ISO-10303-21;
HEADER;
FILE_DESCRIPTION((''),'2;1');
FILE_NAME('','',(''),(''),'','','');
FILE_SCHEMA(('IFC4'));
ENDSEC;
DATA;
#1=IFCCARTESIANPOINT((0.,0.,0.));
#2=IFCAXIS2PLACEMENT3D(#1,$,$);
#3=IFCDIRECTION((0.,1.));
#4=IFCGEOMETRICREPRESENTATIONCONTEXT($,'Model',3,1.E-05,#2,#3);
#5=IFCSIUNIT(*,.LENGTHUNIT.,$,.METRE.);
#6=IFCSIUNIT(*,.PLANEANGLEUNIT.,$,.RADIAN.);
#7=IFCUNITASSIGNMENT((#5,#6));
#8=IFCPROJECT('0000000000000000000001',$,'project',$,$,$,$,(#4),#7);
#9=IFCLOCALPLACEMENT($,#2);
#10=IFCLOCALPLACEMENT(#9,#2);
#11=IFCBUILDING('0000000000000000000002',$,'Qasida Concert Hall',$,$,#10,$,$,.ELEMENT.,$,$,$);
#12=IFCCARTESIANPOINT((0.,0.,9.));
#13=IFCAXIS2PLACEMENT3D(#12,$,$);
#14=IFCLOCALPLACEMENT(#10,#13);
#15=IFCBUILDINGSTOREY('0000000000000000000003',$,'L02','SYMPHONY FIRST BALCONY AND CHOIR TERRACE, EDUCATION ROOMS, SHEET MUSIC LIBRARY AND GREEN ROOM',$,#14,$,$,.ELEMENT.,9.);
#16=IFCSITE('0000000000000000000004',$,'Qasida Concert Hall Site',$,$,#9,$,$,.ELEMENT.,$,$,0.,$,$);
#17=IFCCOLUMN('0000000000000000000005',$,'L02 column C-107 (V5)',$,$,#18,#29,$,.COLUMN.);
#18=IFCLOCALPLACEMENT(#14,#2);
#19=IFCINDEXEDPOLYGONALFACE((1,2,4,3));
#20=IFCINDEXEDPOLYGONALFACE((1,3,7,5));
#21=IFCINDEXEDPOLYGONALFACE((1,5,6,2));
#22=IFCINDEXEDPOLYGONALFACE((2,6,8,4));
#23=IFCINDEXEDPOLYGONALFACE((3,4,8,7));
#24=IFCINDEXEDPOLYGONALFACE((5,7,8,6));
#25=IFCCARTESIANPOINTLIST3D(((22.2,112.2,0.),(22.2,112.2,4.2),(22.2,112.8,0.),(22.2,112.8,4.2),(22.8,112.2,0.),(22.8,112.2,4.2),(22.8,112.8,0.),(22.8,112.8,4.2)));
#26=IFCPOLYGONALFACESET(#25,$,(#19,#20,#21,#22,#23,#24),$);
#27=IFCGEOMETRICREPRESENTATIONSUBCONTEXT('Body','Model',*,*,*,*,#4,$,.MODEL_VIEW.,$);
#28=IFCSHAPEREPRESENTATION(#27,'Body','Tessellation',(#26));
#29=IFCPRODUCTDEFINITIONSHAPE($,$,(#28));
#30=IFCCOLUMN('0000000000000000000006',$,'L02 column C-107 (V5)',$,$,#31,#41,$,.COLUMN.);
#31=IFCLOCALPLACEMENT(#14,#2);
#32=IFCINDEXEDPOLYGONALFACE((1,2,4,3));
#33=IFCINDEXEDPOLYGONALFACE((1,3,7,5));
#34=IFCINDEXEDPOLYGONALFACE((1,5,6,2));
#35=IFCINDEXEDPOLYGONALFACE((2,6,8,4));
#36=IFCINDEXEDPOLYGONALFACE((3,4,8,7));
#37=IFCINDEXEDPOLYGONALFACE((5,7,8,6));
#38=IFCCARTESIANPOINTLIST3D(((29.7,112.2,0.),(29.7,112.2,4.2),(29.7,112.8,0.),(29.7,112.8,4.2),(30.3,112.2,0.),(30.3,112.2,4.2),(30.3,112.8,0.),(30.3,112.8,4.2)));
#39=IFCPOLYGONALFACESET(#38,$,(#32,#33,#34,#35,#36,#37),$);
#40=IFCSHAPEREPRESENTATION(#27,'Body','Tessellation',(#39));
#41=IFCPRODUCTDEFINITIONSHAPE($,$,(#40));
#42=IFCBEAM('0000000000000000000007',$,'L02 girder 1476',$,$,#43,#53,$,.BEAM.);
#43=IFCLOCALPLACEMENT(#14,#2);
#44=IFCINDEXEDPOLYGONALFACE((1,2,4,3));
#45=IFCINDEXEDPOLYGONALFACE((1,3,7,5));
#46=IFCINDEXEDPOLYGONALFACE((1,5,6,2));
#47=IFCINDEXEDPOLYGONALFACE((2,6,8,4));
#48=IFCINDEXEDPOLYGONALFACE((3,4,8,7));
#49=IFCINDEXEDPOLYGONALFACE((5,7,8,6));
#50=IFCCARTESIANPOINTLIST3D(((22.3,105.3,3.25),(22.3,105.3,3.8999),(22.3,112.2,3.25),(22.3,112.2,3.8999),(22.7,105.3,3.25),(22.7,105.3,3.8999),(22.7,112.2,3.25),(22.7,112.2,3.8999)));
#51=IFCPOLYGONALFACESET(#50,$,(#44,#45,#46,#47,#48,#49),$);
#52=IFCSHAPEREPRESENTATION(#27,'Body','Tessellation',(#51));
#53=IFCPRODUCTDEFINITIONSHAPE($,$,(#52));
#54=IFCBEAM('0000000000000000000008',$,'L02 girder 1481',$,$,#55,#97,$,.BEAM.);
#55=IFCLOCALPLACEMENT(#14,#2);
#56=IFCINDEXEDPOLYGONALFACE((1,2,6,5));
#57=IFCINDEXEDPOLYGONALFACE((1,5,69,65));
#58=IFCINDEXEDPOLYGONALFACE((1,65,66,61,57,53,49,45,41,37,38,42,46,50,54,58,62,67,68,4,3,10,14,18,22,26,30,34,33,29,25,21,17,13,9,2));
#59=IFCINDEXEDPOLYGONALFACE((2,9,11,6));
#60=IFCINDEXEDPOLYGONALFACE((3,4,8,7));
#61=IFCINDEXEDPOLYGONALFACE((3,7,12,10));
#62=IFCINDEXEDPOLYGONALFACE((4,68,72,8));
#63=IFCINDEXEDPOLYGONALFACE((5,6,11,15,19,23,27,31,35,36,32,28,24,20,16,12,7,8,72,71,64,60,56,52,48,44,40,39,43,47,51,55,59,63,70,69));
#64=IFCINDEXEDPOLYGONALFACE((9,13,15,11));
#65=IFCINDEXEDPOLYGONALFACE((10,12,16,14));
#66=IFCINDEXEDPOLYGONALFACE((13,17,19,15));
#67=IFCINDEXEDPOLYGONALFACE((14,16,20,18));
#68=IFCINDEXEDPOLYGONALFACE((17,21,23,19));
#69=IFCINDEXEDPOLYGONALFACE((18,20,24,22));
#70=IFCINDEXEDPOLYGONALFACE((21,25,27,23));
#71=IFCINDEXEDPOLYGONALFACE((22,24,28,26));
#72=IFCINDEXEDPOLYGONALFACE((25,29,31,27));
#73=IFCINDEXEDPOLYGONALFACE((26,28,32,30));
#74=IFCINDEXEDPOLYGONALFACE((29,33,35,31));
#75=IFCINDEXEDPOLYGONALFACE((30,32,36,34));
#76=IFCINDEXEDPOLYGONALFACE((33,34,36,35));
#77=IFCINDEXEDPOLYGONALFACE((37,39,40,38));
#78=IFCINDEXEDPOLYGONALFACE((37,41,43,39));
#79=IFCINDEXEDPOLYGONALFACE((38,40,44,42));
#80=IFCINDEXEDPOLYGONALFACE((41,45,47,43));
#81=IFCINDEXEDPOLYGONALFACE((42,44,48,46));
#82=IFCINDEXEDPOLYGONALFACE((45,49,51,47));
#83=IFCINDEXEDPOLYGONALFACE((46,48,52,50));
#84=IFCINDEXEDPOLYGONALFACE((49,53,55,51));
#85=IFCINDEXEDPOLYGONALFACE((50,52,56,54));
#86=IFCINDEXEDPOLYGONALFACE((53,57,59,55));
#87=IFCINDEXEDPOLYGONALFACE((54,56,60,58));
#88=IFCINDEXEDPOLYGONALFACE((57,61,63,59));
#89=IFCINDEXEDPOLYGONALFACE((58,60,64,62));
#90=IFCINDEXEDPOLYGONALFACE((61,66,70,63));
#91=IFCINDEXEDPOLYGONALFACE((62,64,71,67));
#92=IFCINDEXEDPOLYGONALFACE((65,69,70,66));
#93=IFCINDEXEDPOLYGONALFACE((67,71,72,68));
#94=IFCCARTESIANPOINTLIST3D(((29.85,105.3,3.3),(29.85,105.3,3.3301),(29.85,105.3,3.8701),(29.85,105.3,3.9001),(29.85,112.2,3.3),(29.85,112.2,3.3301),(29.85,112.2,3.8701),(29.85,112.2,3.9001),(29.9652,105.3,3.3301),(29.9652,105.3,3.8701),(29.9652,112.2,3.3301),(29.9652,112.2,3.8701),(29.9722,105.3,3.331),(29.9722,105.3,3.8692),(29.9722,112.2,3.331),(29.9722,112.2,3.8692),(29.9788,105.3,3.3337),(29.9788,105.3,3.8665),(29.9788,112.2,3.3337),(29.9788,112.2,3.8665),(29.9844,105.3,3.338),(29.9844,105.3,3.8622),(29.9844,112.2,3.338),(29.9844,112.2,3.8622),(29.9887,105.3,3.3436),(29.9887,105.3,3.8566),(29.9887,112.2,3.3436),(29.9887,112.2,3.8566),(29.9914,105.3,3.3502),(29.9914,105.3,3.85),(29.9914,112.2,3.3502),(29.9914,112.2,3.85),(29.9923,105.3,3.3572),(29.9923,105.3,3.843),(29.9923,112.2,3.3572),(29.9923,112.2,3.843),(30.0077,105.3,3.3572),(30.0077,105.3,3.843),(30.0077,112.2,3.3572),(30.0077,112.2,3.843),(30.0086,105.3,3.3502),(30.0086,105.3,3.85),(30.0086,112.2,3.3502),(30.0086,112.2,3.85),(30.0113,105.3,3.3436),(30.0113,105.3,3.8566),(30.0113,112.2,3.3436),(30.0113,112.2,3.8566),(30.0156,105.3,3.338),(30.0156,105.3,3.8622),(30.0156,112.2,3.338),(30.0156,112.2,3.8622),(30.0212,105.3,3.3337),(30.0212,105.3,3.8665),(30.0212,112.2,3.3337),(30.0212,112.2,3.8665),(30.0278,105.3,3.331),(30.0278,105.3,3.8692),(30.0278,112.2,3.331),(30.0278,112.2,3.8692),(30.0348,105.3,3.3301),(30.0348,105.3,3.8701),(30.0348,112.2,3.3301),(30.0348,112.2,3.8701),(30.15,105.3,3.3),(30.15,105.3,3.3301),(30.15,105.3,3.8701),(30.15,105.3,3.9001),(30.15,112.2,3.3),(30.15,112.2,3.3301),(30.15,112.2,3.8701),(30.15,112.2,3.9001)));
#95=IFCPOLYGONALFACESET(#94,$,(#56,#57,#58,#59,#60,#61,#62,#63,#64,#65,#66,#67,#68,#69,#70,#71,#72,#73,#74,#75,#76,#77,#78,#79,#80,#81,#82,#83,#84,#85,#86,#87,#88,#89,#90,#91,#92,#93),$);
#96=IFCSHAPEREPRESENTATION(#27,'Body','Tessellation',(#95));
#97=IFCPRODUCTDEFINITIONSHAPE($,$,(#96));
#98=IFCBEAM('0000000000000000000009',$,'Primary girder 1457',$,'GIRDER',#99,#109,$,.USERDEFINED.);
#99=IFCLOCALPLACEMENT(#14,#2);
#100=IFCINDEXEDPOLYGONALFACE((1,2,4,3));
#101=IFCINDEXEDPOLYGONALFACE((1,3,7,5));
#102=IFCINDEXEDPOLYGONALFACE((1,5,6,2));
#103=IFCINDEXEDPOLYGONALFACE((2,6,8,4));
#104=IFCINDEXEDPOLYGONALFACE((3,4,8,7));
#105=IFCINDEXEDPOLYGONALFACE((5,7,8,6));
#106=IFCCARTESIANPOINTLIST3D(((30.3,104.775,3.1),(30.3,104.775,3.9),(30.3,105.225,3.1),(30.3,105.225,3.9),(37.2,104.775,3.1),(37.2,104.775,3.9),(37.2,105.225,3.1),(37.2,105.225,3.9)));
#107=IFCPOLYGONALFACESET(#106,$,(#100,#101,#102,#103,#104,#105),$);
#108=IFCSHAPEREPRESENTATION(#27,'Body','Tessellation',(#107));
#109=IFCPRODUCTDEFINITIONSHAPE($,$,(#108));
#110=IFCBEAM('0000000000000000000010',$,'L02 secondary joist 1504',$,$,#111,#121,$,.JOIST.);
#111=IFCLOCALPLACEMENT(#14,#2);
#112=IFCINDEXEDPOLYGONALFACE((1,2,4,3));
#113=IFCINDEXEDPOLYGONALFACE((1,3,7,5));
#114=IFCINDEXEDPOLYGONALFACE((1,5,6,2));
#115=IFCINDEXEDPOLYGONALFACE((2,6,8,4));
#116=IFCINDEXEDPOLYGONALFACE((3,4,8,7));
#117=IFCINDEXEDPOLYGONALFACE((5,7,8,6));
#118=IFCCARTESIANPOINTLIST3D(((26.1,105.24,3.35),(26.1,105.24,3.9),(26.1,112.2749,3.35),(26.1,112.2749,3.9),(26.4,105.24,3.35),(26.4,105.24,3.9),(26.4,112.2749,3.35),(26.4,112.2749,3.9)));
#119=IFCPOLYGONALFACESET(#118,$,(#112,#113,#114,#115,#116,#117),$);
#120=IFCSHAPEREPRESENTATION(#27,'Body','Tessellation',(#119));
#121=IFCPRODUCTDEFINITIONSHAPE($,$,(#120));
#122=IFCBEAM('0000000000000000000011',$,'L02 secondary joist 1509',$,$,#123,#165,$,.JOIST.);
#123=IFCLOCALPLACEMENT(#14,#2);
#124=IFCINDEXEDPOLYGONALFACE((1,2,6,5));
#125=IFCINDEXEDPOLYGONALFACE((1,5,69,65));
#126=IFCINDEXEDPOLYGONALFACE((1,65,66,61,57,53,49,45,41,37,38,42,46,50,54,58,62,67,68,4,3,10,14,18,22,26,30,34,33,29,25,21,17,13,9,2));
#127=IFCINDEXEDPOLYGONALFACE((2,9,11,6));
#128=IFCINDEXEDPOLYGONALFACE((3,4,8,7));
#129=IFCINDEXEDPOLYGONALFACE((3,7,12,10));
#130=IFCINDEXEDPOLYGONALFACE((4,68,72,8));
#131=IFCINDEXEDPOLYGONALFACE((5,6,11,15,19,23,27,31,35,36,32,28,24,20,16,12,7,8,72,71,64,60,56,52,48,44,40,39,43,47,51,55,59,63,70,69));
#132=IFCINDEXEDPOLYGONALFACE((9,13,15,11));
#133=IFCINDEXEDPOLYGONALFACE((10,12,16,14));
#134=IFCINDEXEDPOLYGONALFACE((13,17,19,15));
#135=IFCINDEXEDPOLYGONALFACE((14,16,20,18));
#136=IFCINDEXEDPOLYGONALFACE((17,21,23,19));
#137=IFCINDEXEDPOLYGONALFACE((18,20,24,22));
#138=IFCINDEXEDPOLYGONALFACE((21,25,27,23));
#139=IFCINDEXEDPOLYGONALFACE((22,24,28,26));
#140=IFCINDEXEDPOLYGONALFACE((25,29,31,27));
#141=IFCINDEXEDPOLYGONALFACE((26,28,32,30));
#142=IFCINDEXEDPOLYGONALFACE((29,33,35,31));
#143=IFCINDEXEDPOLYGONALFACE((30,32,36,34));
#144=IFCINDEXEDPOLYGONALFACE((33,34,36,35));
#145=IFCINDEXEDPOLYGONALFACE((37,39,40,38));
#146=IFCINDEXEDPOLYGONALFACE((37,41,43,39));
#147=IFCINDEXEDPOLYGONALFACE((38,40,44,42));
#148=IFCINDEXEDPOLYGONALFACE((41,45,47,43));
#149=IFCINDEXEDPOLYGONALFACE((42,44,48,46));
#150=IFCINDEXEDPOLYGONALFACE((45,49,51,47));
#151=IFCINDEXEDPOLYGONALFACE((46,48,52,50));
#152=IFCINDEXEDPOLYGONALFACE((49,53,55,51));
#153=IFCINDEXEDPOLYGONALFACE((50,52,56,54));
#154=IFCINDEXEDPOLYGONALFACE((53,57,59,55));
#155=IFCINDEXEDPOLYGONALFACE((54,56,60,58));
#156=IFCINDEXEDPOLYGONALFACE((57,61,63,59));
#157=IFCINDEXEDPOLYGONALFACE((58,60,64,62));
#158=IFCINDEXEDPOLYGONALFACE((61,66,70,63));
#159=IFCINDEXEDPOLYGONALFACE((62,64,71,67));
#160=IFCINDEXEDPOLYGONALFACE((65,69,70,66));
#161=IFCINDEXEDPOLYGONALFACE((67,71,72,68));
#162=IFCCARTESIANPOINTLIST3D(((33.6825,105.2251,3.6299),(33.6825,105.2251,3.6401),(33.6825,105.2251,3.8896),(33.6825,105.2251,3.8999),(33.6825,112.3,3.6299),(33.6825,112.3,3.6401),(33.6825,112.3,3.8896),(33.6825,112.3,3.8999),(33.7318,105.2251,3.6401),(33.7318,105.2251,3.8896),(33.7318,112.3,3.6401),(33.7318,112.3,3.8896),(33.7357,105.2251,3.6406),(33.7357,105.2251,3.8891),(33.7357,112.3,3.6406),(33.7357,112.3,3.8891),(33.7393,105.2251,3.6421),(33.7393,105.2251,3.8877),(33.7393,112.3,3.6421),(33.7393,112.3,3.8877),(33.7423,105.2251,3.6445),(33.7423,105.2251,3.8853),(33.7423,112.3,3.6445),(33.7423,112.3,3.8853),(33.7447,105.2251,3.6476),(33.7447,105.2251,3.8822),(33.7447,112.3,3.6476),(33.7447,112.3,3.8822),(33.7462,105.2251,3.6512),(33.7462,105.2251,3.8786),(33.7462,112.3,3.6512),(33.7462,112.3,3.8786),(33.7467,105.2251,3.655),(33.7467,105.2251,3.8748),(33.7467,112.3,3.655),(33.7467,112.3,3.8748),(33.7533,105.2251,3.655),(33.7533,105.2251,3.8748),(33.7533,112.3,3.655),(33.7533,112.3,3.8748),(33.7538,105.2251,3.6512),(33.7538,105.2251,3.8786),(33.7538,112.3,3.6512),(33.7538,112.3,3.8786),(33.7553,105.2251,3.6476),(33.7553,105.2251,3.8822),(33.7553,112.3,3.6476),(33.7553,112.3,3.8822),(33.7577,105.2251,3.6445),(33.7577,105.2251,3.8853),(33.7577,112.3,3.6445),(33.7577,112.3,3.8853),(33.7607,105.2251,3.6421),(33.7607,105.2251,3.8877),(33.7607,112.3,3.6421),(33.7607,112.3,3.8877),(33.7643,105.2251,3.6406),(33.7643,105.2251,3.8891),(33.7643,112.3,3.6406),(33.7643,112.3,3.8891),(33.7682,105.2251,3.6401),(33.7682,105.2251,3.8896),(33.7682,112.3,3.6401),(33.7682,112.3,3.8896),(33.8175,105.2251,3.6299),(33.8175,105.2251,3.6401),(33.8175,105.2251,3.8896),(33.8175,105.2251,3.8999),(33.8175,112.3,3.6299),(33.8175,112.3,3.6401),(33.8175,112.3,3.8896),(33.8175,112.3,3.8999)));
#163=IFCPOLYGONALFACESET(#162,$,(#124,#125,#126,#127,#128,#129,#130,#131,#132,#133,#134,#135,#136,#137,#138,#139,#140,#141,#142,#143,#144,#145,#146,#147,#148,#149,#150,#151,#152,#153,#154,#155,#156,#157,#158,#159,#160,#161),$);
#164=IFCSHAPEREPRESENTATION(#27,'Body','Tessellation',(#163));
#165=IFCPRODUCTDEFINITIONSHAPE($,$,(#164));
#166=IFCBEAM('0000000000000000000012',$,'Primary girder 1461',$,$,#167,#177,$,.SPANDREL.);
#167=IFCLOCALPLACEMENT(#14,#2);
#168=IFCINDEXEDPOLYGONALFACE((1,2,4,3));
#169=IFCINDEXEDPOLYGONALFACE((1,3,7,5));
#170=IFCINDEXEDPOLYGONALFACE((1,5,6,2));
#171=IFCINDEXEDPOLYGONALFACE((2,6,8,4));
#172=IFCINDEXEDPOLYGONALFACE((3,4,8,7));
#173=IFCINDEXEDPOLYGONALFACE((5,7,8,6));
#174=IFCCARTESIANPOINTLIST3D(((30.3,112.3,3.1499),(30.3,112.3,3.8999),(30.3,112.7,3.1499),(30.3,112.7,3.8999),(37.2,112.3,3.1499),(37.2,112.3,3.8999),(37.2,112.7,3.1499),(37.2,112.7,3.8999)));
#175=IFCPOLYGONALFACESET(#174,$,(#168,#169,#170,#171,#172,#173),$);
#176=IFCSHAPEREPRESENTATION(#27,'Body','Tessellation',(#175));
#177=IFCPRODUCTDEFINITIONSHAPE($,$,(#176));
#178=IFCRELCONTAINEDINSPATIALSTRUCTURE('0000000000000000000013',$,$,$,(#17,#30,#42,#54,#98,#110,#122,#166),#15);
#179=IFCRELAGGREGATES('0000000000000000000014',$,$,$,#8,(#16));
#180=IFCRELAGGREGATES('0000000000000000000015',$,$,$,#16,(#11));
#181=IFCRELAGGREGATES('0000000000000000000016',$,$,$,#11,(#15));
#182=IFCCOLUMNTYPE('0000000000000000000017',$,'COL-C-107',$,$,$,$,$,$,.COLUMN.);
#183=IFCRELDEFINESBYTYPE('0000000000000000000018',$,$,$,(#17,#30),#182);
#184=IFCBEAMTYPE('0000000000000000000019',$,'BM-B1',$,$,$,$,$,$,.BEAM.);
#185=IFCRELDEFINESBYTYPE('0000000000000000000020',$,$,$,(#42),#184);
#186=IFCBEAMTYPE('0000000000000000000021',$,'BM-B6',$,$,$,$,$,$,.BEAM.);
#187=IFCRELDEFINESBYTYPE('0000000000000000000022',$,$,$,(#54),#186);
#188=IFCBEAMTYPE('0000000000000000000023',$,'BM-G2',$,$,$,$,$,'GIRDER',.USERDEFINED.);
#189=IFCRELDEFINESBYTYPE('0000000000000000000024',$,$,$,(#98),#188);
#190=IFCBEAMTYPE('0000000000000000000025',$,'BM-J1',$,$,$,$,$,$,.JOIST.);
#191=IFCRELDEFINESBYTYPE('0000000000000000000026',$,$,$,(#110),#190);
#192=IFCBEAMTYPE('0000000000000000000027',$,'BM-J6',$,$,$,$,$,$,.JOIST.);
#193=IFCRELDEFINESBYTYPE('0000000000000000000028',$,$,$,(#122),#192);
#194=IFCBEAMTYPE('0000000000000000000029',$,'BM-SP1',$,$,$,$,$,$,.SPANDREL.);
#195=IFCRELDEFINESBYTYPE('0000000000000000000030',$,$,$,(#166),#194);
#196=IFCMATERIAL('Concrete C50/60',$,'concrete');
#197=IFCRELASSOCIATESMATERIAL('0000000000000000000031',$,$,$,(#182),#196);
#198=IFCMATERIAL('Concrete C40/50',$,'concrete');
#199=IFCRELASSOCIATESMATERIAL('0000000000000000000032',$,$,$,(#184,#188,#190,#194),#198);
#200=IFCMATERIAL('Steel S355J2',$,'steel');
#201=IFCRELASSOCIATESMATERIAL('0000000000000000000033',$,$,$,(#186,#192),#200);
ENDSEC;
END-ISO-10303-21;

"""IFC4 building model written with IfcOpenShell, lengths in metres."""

from ifc_helpers import new_model, si_unit, direction, frame, origin, origin_2d, place, context, subcontext, project, spatial, rectangle, i_section, extrude, material, material_profile, profile_set, type_object, element, save


model = new_model("IFC4")

# Units and contexts
model_context = context("Model", 3, precision=1e-05, world=origin(), true_north=direction((0.0, 1.0)))
body_context = subcontext(model_context, "Body", "Model", "MODEL_VIEW")
ifc_project = project(units=[si_unit("LENGTHUNIT", "METRE"), si_unit("PLANEANGLEUNIT", "RADIAN")], contexts=[model_context])

# Site, building, storey
site_placement = place(None, origin())
site = spatial("IfcSite", under=ifc_project, at=site_placement, Name="Qasida Concert Hall Site", CompositionType="ELEMENT", RefElevation=0.0)
building_placement = place(site_placement, origin())
building = spatial("IfcBuilding", under=site, at=building_placement, Name="Qasida Concert Hall", CompositionType="ELEMENT")
storey_placement = place(building_placement, frame((0.0, 0.0, 9.0)))
storey = spatial("IfcBuildingStorey", under=building, at=storey_placement, Name="L02", Description="SYMPHONY FIRST BALCONY AND CHOIR TERRACE, EDUCATION ROOMS, SHEET MUSIC LIBRARY AND GREEN ROOM", CompositionType="ELEMENT", Elevation=9.0)

# Columns
ifc_material_1 = material(Name="Concrete C50/60", Category="concrete")
ifc_material_profile_1 = material_profile(ifc_material_1, rectangle(XDim=0.6001, YDim=0.6001, at=origin_2d()), Name="RC 600x600")
ifc_profile_set_1 = profile_set([ifc_material_profile_1], Name="Concrete C50/60")
column_type = type_object("IfcColumnType", Name="COL-C-107", PredefinedType="COLUMN", material=ifc_profile_set_1)
for number, where, z_axis, x_axis, name in (
    (1, (22.5, 112.5, 0.0), (0.0, 0.0, 1.0), (1.0, 0.0, 0.0), "L02 column C-107 (V5)"),
    (2, (30.0, 112.5, 0.0), (0.0, 0.0, 1.0), (1.0, 0.0, 0.0), "L02 column C-107 (V5)"),
):
    element("IfcColumn", number, at=place(storey_placement, frame(where, z_axis=z_axis, x_axis=x_axis)), inside=storey, type_object=column_type, Name=name, PredefinedType="COLUMN", context=body_context, shape_type="SweptSolid", body=[
        extrude(rectangle(XDim=0.6001, YDim=0.6001, at=origin_2d()), origin(), (0.0, 0.0, 1.0), 4.2),
    ])

# Beams
ifc_material_2 = material(Name="Concrete C40/50", Category="concrete")
ifc_material_profile_2 = material_profile(ifc_material_2, rectangle(XDim=0.3999, YDim=0.6499, at=origin_2d()), Name="RC 400x650")
ifc_profile_set_2 = profile_set([ifc_material_profile_2], Name="Concrete C40/50")
beam_type_1 = type_object("IfcBeamType", Name="BM-B1", PredefinedType="BEAM", material=ifc_profile_set_2)
beam_1_placement = place(storey_placement, frame((22.5, 105.3, 3.575), z_axis=(0.0, 1.0, 0.0), x_axis=(-1.0, 0.0, 0.0)))
element("IfcBeam", 3, at=beam_1_placement, inside=storey, type_object=beam_type_1, Name="L02 girder 1476", PredefinedType="BEAM", context=body_context, shape_type="SweptSolid", body=[
    extrude(rectangle(XDim=0.3999, YDim=0.6499, at=origin_2d()), origin(), (0.0, 0.0, 1.0), 6.8999),
])
ifc_material_3 = material(Name="Steel S355J2", Category="steel")
ifc_material_profile_3 = material_profile(ifc_material_3, i_section(OverallWidth=0.3, OverallDepth=0.6001, WebThickness=0.0154, FlangeThickness=0.03, FilletRadius=0.0271, at=origin_2d()), Name="HEB 600")
ifc_profile_set_3 = profile_set([ifc_material_profile_3], Name="Steel S355J2")
beam_type_2 = type_object("IfcBeamType", Name="BM-B6", PredefinedType="BEAM", material=ifc_profile_set_3)
beam_2_placement = place(storey_placement, frame((30.0, 105.3, 3.6001), z_axis=(0.0, 1.0, 0.0), x_axis=(-1.0, 0.0, 0.0)))
element("IfcBeam", 4, at=beam_2_placement, inside=storey, type_object=beam_type_2, Name="L02 girder 1481", PredefinedType="BEAM", context=body_context, shape_type="SweptSolid", body=[
    extrude(i_section(OverallWidth=0.3, OverallDepth=0.6001, WebThickness=0.0154, FlangeThickness=0.03, FilletRadius=0.0271, at=origin_2d()), origin(), (0.0, 0.0, 1.0), 6.8999),
])
ifc_material_profile_4 = material_profile(ifc_material_2, rectangle(XDim=0.45, YDim=0.8, at=origin_2d()), Name="RC 450x800")
ifc_profile_set_4 = profile_set([ifc_material_profile_4], Name="Concrete C40/50")
beam_type_3 = type_object("IfcBeamType", Name="BM-G2", ElementType="GIRDER", PredefinedType="USERDEFINED", material=ifc_profile_set_4)
beam_3_placement = place(storey_placement, frame((30.3, 105.0, 3.5), z_axis=(1.0, 0.0, 0.0), x_axis=(0.0, 1.0, 0.0)))
element("IfcBeam", 5, at=beam_3_placement, inside=storey, type_object=beam_type_3, Name="Primary girder 1457", ObjectType="GIRDER", PredefinedType="USERDEFINED", context=body_context, shape_type="SweptSolid", body=[
    extrude(rectangle(XDim=0.45, YDim=0.8, at=origin_2d()), origin(), (0.0, 0.0, 1.0), 6.8999),
])
ifc_material_profile_5 = material_profile(ifc_material_2, rectangle(XDim=0.3, YDim=0.55, at=origin_2d()), Name="RC 300x550")
ifc_profile_set_5 = profile_set([ifc_material_profile_5], Name="Concrete C40/50")
beam_type_4 = type_object("IfcBeamType", Name="BM-J1", PredefinedType="JOIST", material=ifc_profile_set_5)
beam_4_placement = place(storey_placement, frame((26.25, 105.24, 3.625), z_axis=(0.0, 1.0, 0.0), x_axis=(-1.0, 0.0, 0.0)))
element("IfcBeam", 6, at=beam_4_placement, inside=storey, type_object=beam_type_4, Name="L02 secondary joist 1504", PredefinedType="JOIST", context=body_context, shape_type="SweptSolid", body=[
    extrude(rectangle(XDim=0.3, YDim=0.55, at=origin_2d()), origin(), (0.0, 0.0, 1.0), 7.0349),
])
ifc_material_profile_6 = material_profile(ifc_material_3, i_section(OverallWidth=0.135, OverallDepth=0.27, WebThickness=0.0066, FlangeThickness=0.0103, FilletRadius=0.0149, at=origin_2d()), Name="IPE 270")
ifc_profile_set_6 = profile_set([ifc_material_profile_6], Name="Steel S355J2")
beam_type_5 = type_object("IfcBeamType", Name="BM-J6", PredefinedType="JOIST", material=ifc_profile_set_6)
beam_5_placement = place(storey_placement, frame((33.75, 105.2251, 3.7649), z_axis=(0.0, 1.0, 0.0), x_axis=(-1.0, 0.0, 0.0)))
element("IfcBeam", 7, at=beam_5_placement, inside=storey, type_object=beam_type_5, Name="L02 secondary joist 1509", PredefinedType="JOIST", context=body_context, shape_type="SweptSolid", body=[
    extrude(i_section(OverallWidth=0.135, OverallDepth=0.27, WebThickness=0.0066, FlangeThickness=0.0103, FilletRadius=0.0149, at=origin_2d()), origin(), (0.0, 0.0, 1.0), 7.075),
])
ifc_material_profile_7 = material_profile(ifc_material_2, rectangle(XDim=0.3999, YDim=0.75, at=origin_2d()), Name="RC 400x750")
ifc_profile_set_7 = profile_set([ifc_material_profile_7], Name="Concrete C40/50")
beam_type_6 = type_object("IfcBeamType", Name="BM-SP1", PredefinedType="SPANDREL", material=ifc_profile_set_7)
beam_6_placement = place(storey_placement, frame((30.3, 112.5, 3.5249), z_axis=(1.0, 0.0, 0.0), x_axis=(0.0, 1.0, 0.0)))
element("IfcBeam", 8, at=beam_6_placement, inside=storey, type_object=beam_type_6, Name="Primary girder 1461", PredefinedType="SPANDREL", context=body_context, shape_type="SweptSolid", body=[
    extrude(rectangle(XDim=0.3999, YDim=0.75, at=origin_2d()), origin(), (0.0, 0.0, 1.0), 6.8999),
])

save(model, "model.ifc")
